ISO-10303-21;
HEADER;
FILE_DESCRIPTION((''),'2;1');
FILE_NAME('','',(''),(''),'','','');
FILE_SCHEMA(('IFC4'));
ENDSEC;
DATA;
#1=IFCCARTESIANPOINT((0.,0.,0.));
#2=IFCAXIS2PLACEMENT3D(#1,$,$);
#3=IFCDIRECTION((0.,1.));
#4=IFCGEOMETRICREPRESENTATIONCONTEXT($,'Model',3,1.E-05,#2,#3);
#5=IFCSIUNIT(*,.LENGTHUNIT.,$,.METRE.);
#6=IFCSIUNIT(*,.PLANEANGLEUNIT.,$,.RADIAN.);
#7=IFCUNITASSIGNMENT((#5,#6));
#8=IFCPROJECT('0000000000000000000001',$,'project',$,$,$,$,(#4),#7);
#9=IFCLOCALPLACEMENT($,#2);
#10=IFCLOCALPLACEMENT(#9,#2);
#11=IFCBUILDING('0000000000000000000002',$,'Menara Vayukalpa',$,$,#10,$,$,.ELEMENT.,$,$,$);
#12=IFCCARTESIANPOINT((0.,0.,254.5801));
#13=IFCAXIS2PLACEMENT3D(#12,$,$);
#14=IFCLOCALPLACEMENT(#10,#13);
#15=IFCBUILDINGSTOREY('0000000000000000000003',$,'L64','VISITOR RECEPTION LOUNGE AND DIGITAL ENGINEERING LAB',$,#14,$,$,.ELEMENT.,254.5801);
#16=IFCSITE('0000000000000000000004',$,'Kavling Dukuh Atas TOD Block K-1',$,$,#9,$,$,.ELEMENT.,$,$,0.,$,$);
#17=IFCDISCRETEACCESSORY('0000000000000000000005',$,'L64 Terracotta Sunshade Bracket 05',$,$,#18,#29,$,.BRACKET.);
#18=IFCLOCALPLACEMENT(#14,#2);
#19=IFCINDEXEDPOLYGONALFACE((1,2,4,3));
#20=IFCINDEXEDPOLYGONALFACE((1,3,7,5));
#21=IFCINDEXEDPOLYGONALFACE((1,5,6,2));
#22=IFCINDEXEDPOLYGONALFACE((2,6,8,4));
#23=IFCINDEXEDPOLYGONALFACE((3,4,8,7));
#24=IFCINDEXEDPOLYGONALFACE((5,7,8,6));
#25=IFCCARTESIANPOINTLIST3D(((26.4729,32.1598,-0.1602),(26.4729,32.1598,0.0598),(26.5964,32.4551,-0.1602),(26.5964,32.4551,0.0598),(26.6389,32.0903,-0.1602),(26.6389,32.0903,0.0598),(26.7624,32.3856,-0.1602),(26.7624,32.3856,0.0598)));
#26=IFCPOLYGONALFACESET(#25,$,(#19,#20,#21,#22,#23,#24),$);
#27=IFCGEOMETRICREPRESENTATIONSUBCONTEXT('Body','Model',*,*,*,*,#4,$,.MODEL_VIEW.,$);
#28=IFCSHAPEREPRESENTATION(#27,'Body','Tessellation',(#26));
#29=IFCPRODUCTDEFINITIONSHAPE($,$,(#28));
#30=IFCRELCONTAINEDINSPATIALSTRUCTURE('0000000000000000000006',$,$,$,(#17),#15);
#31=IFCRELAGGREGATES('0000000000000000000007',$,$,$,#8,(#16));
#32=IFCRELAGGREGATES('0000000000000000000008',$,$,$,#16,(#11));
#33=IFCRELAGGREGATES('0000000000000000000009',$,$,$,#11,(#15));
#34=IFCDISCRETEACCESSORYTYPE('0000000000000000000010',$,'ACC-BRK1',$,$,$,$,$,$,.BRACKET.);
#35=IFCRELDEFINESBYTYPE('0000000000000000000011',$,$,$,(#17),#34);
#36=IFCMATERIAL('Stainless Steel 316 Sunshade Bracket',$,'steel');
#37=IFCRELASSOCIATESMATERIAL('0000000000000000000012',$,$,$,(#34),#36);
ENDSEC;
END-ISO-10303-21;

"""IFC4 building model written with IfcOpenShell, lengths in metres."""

from ifc_helpers import new_model, si_unit, direction, frame, origin, origin_2d, place, context, subcontext, project, spatial, rectangle, extrude, material, type_object, element, save


model = new_model("IFC4")

# Units and contexts
model_context = context("Model", 3, precision=1e-05, world=origin(), true_north=direction((0.0, 1.0)))
body_context = subcontext(model_context, "Body", "Model", "MODEL_VIEW")
ifc_project = project(units=[si_unit("LENGTHUNIT", "METRE"), si_unit("PLANEANGLEUNIT", "RADIAN")], contexts=[model_context])

# Site, building, storey
site_placement = place(None, origin())
site = spatial("IfcSite", under=ifc_project, at=site_placement, Name="Kavling Dukuh Atas TOD Block K-1", CompositionType="ELEMENT", RefElevation=0.0)
building_placement = place(site_placement, origin())
building = spatial("IfcBuilding", under=site, at=building_placement, Name="Menara Vayukalpa", CompositionType="ELEMENT")
storey_placement = place(building_placement, frame((0.0, 0.0, 254.5801)))
storey = spatial("IfcBuildingStorey", under=building, at=storey_placement, Name="L64", Description="VISITOR RECEPTION LOUNGE AND DIGITAL ENGINEERING LAB", CompositionType="ELEMENT", Elevation=254.5801)

# Discrete accessory
ifc_material_1 = material(Name="Stainless Steel 316 Sunshade Bracket", Category="steel")
discrete_accessory_type = type_object("IfcDiscreteAccessoryType", Name="ACC-BRK1", PredefinedType="BRACKET", material=ifc_material_1)
discrete_accessory_placement = place(storey_placement, frame((26.6177, 32.2727, -0.1602), z_axis=(0.0, 0.0, 1.0), x_axis=(-0.922538, 0.385906, 0.0)))
element("IfcDiscreteAccessory", 1, at=discrete_accessory_placement, inside=storey, type_object=discrete_accessory_type, Name="L64 Terracotta Sunshade Bracket 05", PredefinedType="BRACKET", context=body_context, shape_type="SweptSolid", body=[
    extrude(rectangle(XDim=0.1799, YDim=0.3201, at=origin_2d()), origin(), (0.0, 0.0, 1.0), 0.22),
])

save(model, "model.ifc")
